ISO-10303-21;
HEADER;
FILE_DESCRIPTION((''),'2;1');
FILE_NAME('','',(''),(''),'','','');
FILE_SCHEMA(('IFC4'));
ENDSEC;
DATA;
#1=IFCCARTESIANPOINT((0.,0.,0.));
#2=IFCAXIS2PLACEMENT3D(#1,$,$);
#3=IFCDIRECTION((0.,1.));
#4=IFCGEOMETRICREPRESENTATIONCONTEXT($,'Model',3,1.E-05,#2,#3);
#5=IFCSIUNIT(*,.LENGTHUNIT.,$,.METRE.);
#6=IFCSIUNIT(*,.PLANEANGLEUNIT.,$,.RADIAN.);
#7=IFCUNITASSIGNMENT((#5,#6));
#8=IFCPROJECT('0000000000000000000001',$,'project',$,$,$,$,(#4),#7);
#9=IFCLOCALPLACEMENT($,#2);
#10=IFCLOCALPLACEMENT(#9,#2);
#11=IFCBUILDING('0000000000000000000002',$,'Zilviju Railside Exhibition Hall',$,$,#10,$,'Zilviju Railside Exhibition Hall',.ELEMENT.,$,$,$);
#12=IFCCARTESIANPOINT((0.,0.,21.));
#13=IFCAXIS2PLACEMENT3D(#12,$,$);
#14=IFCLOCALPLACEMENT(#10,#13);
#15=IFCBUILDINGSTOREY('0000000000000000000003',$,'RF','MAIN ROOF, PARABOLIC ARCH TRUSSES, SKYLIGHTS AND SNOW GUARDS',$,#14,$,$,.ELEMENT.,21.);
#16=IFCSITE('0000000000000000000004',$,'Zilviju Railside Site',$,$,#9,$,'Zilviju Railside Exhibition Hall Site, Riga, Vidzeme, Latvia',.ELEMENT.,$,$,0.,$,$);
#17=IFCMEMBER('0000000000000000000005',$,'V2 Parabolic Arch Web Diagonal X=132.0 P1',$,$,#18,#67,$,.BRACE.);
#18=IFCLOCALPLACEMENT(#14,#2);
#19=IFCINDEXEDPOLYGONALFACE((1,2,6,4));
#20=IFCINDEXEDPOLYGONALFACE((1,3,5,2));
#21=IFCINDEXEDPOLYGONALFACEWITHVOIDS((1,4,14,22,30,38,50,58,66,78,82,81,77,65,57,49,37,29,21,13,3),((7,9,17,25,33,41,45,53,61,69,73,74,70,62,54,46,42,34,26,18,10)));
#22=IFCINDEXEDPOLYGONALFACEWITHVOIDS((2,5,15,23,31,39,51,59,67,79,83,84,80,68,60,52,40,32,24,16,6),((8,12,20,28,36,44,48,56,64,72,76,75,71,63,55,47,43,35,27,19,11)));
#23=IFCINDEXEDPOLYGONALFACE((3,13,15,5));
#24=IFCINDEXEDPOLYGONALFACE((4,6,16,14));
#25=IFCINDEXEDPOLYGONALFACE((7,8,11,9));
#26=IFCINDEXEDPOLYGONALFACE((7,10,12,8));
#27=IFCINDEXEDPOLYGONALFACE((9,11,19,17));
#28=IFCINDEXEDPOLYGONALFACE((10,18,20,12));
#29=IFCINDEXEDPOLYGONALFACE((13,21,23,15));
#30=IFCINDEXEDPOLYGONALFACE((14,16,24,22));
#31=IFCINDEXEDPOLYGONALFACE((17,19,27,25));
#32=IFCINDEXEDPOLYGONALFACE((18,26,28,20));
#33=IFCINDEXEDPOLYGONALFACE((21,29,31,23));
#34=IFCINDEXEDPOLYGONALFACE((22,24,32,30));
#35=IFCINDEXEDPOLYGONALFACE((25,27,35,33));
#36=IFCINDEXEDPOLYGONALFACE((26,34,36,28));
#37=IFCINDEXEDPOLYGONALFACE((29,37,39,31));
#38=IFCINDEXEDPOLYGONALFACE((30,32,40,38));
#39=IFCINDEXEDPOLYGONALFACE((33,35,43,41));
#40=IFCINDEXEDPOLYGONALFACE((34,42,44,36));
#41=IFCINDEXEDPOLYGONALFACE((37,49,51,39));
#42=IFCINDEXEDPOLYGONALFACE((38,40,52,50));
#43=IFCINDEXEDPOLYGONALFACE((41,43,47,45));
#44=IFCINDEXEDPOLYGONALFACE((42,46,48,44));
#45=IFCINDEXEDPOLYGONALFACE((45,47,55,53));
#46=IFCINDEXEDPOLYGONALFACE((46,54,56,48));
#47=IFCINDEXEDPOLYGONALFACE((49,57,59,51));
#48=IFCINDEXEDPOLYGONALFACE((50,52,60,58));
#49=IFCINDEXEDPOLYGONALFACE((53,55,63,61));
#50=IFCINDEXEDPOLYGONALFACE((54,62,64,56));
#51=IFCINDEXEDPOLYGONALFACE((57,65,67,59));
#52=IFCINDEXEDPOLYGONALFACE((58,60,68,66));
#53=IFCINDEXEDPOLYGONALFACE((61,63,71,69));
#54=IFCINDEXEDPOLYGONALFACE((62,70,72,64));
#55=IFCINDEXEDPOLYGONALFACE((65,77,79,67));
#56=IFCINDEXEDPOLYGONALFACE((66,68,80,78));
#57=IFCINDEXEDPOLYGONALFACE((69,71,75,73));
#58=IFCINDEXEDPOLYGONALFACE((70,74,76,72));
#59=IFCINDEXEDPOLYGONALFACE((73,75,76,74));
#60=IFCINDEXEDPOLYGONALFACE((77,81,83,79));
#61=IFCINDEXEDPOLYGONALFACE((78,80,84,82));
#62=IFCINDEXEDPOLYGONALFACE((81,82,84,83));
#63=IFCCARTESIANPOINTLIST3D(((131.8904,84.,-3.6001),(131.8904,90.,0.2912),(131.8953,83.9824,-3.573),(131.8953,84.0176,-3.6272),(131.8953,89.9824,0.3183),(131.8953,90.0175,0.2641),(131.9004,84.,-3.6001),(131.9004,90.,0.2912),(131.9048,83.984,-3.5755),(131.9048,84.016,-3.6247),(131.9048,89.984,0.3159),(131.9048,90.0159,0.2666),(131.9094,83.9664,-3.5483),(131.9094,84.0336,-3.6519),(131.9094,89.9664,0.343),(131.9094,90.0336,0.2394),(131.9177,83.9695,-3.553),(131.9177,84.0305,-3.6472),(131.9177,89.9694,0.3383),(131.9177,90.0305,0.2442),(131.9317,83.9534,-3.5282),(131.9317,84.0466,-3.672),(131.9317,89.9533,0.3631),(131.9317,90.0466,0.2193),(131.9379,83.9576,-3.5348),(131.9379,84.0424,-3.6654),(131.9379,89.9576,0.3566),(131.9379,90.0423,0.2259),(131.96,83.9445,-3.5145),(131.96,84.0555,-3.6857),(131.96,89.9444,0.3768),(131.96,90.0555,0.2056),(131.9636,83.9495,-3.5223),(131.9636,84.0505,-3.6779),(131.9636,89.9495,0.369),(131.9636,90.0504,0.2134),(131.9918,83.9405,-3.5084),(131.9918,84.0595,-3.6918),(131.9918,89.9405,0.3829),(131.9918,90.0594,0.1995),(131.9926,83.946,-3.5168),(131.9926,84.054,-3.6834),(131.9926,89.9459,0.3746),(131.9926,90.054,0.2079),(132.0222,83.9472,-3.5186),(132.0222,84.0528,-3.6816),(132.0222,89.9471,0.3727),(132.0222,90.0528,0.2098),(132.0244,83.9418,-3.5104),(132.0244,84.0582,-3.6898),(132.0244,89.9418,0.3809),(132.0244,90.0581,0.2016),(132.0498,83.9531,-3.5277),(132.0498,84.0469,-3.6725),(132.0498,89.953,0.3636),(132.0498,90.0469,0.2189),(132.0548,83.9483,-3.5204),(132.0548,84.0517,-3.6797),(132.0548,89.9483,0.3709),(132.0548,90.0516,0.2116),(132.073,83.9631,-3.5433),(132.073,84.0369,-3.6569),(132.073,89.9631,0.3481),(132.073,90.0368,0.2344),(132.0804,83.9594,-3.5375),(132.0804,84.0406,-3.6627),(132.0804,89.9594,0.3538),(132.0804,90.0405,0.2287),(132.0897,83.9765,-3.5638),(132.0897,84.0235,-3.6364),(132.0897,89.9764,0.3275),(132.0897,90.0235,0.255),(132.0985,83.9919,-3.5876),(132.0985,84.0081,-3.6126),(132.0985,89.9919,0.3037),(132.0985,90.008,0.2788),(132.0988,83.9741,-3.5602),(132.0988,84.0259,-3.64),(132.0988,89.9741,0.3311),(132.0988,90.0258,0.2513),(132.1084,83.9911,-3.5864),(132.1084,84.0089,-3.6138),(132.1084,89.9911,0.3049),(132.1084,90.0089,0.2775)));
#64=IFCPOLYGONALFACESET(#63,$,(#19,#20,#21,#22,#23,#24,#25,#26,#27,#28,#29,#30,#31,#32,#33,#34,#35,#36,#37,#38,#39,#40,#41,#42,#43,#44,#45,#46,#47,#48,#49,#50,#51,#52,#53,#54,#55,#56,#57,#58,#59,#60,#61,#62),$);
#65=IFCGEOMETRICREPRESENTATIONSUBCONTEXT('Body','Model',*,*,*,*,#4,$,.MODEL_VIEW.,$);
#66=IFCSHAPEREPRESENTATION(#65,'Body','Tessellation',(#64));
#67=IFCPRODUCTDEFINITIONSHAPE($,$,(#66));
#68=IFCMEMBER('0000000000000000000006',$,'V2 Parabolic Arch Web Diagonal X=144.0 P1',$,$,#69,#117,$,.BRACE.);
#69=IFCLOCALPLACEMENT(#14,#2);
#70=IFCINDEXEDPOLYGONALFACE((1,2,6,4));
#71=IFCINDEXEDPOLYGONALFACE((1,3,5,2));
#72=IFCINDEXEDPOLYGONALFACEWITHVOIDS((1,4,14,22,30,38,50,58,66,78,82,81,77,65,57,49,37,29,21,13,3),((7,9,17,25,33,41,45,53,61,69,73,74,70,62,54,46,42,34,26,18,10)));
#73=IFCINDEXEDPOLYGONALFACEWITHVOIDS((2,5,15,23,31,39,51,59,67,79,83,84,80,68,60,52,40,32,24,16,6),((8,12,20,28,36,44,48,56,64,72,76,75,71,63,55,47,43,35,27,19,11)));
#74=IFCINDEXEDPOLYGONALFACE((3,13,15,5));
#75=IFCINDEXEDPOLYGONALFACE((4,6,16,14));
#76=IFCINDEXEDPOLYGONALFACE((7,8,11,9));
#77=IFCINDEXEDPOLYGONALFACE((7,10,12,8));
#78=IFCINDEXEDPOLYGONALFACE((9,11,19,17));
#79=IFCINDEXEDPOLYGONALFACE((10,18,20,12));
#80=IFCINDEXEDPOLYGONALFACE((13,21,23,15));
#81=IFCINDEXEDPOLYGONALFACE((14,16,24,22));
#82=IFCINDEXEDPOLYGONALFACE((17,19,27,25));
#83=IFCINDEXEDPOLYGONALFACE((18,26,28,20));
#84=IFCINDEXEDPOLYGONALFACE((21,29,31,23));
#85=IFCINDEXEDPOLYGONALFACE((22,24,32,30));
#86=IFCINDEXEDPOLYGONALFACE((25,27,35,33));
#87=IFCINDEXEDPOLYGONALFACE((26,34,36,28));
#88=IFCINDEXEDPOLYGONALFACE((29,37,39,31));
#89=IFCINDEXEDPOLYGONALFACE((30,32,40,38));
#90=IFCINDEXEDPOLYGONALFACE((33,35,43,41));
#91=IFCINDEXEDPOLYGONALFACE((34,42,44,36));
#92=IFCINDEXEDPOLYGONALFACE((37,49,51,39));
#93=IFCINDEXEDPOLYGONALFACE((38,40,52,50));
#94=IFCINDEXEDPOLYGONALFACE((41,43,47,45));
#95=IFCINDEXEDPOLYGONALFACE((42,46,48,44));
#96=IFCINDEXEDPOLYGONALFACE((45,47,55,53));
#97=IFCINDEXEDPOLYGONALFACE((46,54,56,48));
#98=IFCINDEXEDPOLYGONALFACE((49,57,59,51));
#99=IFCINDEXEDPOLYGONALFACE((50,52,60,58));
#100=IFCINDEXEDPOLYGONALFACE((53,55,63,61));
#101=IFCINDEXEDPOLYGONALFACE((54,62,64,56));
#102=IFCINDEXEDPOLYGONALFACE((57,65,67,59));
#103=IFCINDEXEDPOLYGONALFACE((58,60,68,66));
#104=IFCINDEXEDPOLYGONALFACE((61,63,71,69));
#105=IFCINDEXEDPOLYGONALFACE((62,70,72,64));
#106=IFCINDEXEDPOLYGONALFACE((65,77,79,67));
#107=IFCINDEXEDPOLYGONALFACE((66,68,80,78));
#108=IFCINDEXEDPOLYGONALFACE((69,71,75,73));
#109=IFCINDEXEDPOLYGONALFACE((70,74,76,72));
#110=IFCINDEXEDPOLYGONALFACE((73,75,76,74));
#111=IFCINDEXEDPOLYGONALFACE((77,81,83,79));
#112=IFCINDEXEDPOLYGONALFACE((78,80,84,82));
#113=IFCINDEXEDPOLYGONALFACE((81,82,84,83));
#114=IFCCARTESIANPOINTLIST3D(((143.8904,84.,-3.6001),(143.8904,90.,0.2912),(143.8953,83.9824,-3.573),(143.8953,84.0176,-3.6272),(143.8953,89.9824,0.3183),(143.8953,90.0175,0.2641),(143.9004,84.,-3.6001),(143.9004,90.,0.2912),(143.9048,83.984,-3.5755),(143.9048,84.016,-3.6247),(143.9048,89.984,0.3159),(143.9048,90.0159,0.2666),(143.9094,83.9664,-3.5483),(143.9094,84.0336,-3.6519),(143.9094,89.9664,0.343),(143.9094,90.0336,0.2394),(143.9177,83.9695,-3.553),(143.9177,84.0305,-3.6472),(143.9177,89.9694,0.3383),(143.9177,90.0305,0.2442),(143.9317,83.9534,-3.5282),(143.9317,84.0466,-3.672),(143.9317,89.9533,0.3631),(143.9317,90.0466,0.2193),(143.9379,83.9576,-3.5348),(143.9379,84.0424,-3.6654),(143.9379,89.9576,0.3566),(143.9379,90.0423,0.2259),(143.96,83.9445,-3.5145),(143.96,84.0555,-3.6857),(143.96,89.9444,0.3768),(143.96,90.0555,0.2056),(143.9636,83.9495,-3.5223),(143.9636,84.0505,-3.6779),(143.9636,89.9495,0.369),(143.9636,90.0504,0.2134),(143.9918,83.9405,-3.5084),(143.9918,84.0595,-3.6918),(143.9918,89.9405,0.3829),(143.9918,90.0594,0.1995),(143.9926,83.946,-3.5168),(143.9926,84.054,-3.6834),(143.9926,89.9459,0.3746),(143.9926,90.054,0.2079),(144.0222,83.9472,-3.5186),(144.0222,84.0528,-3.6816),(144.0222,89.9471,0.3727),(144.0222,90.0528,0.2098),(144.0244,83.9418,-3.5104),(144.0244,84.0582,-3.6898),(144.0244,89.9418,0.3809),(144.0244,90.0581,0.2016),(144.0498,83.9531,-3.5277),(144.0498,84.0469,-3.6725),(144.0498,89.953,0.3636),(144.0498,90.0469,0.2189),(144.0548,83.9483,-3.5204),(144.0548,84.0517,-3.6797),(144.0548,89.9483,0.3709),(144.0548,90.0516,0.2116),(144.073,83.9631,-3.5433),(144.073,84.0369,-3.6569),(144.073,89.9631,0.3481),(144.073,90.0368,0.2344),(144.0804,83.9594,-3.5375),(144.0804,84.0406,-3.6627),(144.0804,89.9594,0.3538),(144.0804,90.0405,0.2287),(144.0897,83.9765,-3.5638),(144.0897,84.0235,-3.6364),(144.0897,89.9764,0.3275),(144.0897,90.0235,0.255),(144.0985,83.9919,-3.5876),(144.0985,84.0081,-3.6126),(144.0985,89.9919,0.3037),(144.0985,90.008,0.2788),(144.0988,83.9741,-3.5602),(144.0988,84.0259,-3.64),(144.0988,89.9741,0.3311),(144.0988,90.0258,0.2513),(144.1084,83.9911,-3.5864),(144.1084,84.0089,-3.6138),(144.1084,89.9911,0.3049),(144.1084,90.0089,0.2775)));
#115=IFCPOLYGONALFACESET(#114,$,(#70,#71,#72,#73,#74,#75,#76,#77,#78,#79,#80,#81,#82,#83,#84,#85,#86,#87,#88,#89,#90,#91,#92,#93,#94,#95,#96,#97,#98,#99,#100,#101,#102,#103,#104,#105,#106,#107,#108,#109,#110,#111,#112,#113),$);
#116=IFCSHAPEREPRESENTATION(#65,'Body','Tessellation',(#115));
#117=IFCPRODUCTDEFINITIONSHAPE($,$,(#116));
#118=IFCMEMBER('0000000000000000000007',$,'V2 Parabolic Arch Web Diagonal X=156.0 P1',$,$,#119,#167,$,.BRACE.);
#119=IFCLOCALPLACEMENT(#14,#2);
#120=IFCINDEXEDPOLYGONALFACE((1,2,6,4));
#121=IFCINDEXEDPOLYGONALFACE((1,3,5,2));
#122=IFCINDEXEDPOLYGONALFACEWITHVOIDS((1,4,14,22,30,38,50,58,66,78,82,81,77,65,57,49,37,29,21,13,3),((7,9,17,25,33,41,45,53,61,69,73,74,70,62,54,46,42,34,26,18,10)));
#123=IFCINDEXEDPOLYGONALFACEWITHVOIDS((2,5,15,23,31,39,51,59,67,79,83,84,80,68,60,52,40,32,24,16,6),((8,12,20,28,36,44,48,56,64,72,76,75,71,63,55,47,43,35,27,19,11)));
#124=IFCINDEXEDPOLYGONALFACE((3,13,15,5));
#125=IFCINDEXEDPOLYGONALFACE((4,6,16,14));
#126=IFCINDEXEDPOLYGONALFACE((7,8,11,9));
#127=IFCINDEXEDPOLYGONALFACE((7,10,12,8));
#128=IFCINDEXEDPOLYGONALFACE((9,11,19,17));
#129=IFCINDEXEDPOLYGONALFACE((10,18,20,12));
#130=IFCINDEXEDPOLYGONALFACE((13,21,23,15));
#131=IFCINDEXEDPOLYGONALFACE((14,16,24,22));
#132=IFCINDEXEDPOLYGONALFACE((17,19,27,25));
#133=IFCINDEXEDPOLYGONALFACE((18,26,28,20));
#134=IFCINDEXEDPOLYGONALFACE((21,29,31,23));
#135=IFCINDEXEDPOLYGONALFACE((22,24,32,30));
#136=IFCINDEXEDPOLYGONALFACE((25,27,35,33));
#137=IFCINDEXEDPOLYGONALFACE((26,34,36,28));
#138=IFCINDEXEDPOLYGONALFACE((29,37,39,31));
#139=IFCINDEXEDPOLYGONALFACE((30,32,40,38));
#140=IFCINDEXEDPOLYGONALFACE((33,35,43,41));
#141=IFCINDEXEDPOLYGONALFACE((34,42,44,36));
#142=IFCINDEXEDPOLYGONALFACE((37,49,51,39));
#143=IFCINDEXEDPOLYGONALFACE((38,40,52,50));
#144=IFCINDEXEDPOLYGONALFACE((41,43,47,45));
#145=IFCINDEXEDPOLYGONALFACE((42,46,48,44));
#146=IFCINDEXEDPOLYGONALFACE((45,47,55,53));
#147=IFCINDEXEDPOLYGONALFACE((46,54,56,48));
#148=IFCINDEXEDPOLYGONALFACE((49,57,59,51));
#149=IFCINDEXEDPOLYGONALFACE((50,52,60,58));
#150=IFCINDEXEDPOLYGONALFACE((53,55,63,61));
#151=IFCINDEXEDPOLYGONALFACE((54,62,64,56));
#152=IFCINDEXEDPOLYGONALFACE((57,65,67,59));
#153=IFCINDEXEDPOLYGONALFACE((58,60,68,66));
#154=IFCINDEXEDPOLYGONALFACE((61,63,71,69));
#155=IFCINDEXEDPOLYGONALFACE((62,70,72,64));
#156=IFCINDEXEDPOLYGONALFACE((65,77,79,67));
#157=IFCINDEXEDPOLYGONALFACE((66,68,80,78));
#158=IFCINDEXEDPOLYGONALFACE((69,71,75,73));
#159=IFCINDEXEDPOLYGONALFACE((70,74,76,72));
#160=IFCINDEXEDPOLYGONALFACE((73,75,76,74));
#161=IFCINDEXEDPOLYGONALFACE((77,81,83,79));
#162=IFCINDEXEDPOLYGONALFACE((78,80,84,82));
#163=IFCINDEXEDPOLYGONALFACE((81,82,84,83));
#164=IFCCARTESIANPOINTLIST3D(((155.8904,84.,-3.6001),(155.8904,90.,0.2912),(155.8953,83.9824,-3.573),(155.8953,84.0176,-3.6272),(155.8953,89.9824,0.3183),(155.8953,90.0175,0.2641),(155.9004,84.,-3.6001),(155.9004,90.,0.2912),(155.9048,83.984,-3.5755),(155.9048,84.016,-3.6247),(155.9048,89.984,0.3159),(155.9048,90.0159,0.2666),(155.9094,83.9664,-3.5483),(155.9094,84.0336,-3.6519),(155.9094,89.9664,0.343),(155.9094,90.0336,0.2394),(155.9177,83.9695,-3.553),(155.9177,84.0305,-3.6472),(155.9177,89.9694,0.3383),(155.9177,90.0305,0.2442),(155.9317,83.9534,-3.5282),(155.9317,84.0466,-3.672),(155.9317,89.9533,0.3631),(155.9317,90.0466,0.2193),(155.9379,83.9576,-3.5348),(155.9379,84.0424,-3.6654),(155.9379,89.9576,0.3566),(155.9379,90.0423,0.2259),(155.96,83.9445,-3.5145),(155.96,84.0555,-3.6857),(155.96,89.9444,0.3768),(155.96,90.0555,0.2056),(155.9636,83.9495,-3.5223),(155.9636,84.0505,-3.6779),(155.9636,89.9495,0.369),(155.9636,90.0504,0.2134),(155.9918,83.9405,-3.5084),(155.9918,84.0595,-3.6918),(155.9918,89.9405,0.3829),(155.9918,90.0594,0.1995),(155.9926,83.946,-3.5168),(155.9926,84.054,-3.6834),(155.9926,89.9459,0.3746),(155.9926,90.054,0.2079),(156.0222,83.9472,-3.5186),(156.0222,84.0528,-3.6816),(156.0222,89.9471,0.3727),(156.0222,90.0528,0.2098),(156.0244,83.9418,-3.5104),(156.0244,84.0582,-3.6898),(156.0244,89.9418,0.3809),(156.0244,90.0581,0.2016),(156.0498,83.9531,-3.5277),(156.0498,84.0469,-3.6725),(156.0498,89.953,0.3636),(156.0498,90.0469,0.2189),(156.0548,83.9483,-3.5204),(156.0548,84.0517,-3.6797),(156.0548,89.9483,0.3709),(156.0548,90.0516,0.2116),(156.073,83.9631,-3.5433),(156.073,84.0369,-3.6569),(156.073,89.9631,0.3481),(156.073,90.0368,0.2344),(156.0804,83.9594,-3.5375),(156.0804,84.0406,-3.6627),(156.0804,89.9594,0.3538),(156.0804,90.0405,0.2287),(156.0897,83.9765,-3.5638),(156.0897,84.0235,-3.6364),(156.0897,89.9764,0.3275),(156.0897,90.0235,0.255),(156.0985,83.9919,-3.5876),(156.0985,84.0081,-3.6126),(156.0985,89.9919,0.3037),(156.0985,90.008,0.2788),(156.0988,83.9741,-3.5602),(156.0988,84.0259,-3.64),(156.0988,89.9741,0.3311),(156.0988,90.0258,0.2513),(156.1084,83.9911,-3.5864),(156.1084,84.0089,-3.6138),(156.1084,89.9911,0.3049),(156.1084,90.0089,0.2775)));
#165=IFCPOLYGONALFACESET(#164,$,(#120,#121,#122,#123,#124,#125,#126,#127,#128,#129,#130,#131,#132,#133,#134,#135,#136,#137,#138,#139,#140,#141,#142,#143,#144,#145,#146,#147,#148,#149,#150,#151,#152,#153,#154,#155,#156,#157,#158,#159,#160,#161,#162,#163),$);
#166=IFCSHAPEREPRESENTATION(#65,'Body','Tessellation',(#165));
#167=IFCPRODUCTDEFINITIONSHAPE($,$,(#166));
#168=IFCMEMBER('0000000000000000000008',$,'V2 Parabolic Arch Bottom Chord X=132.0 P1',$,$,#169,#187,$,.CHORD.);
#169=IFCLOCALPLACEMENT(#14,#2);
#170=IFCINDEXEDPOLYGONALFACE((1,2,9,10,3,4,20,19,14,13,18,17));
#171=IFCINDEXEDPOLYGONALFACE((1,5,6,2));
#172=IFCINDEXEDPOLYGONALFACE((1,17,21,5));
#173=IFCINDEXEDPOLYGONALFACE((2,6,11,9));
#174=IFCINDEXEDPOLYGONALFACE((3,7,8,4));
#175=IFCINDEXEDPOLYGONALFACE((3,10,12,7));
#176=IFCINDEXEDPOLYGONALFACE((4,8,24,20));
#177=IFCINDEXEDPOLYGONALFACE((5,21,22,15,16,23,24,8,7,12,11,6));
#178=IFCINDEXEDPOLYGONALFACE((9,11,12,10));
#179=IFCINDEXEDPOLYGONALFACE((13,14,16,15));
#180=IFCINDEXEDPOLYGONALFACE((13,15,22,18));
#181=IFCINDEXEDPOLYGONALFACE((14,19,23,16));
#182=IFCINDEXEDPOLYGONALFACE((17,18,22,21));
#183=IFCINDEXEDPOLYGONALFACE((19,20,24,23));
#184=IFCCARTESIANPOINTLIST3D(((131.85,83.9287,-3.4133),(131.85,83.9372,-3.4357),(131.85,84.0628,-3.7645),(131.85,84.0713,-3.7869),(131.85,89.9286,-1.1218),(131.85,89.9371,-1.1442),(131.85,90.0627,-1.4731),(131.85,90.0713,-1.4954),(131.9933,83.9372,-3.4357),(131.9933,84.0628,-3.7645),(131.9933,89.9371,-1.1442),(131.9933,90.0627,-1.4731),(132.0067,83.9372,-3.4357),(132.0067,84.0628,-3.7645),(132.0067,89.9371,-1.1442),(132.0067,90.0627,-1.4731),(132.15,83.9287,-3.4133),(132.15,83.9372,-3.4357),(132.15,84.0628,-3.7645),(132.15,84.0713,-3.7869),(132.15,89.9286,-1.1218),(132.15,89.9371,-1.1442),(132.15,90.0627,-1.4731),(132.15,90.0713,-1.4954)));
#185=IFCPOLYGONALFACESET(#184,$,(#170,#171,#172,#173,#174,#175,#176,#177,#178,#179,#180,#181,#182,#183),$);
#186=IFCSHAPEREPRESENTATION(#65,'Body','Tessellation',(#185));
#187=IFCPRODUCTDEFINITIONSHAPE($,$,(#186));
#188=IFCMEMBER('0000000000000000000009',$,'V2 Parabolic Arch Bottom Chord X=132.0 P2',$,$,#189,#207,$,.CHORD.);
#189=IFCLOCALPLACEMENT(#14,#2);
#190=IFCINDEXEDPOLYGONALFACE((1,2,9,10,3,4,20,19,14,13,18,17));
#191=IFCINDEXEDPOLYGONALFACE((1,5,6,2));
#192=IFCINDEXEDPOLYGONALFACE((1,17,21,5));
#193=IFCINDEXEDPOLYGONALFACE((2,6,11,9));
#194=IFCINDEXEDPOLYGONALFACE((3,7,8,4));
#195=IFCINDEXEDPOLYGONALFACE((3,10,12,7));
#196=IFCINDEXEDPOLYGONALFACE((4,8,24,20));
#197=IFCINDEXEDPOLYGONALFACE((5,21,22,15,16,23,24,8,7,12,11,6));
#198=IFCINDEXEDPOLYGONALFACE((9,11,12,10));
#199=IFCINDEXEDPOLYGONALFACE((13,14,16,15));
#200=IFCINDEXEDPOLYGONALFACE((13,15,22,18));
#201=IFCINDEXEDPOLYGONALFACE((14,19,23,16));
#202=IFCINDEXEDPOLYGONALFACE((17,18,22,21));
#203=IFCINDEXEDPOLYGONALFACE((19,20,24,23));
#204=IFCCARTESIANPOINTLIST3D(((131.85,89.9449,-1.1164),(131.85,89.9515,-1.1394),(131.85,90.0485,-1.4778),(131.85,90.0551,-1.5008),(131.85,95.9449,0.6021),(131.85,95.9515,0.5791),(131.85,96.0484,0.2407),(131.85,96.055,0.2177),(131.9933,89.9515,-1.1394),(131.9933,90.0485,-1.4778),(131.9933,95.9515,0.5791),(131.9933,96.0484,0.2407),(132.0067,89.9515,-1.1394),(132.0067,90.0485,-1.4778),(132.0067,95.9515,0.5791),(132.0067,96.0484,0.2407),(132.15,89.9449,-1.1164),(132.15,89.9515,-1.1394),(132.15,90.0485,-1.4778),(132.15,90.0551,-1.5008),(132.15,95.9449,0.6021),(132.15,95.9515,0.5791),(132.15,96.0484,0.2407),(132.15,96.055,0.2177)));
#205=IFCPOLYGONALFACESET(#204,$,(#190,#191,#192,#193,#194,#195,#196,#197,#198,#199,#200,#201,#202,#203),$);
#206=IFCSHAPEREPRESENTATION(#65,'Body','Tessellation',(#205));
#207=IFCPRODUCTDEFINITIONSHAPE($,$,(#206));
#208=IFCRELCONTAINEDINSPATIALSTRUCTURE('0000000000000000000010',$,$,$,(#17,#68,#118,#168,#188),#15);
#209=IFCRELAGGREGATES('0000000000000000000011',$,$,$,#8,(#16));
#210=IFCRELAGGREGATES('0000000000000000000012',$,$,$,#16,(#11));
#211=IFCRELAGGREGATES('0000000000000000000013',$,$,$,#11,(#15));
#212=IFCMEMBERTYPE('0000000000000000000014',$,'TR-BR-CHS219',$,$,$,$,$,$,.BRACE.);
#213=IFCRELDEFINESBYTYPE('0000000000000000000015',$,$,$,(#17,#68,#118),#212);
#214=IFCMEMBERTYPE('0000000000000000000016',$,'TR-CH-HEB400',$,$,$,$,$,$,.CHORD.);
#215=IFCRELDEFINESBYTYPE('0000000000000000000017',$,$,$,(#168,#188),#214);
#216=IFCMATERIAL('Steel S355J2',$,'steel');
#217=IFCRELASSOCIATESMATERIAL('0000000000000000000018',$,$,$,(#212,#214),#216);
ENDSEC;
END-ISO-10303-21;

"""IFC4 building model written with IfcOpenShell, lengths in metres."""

from ifc_helpers import new_model, si_unit, direction, frame, origin, origin_2d, place, context, subcontext, project, spatial, hollow_circle, i_section, extrude, material, material_profile, profile_set, type_object, element, save


model = new_model("IFC4")

# Units and contexts
model_context = context("Model", 3, precision=1e-05, world=origin(), true_north=direction((0.0, 1.0)))
body_context = subcontext(model_context, "Body", "Model", "MODEL_VIEW")
ifc_project = project(units=[si_unit("LENGTHUNIT", "METRE"), si_unit("PLANEANGLEUNIT", "RADIAN")], contexts=[model_context])

# Site, building, storey
site_placement = place(None, origin())
site = spatial("IfcSite", under=ifc_project, at=site_placement, Name="Zilviju Railside Site", LongName="Zilviju Railside Exhibition Hall Site, Riga, Vidzeme, Latvia", CompositionType="ELEMENT", RefElevation=0.0)
building_placement = place(site_placement, origin())
building = spatial("IfcBuilding", under=site, at=building_placement, Name="Zilviju Railside Exhibition Hall", LongName="Zilviju Railside Exhibition Hall", CompositionType="ELEMENT")
storey_placement = place(building_placement, frame((0.0, 0.0, 21.0)))
storey = spatial("IfcBuildingStorey", under=building, at=storey_placement, Name="RF", Description="MAIN ROOF, PARABOLIC ARCH TRUSSES, SKYLIGHTS AND SNOW GUARDS", CompositionType="ELEMENT", Elevation=21.0)

# Members
ifc_material_1 = material(Name="Steel S355J2", Category="steel")
ifc_material_profile_1 = material_profile(ifc_material_1, hollow_circle(Radius=0.1096, WallThickness=0.01, at=origin_2d()), Name="CHS 219.1x10.0")
ifc_profile_set_1 = profile_set([ifc_material_profile_1], Name="Steel S355J2")
member_type_1 = type_object("IfcMemberType", Name="TR-BR-CHS219", PredefinedType="BRACE", material=ifc_profile_set_1)
for number, where, z_axis, x_axis, name in (
    (1, (132.0, 84.0, -3.6001), (0.0, 0.838995, 0.544139), (-1.0, 0.0, 0.0), "V2 Parabolic Arch Web Diagonal X=132.0 P1"),
    (2, (144.0, 84.0, -3.6001), (0.0, 0.838995, 0.544139), (-1.0, 0.0, 0.0), "V2 Parabolic Arch Web Diagonal X=144.0 P1"),
    (3, (156.0, 84.0, -3.6001), (0.0, 0.838995, 0.544139), (-1.0, 0.0, 0.0), "V2 Parabolic Arch Web Diagonal X=156.0 P1"),
):
    element("IfcMember", number, at=place(storey_placement, frame(where, z_axis=z_axis, x_axis=x_axis)), inside=storey, type_object=member_type_1, Name=name, PredefinedType="BRACE", context=body_context, shape_type="SweptSolid", body=[
        extrude(hollow_circle(Radius=0.1096, WallThickness=0.01, at=origin_2d()), origin(), (0.0, 0.0, 1.0), 7.1514),
    ])
ifc_material_profile_2 = material_profile(ifc_material_1, i_section(OverallWidth=0.3, OverallDepth=0.3999, WebThickness=0.0134, FlangeThickness=0.0239, at=origin_2d()), Name="HEB 400")
ifc_profile_set_2 = profile_set([ifc_material_profile_2], Name="Steel S355J2")
member_type_2 = type_object("IfcMemberType", Name="TR-CH-HEB400", PredefinedType="CHORD", material=ifc_profile_set_2)
member_1_placement = place(storey_placement, frame((132.0, 84.0, -3.6001), z_axis=(0.0, 0.934188, 0.356782), x_axis=(-1.0, 0.0, 0.0)))
element("IfcMember", 4, at=member_1_placement, inside=storey, type_object=member_type_2, Name="V2 Parabolic Arch Bottom Chord X=132.0 P1", PredefinedType="CHORD", context=body_context, shape_type="SweptSolid", body=[
    extrude(i_section(OverallWidth=0.3, OverallDepth=0.3999, WebThickness=0.0134, FlangeThickness=0.0239, at=origin_2d()), origin(), (0.0, 0.0, 1.0), 6.4226),
])
member_2_placement = place(storey_placement, frame((132.0, 90.0, -1.3086), z_axis=(0.0, 0.961345, 0.275346), x_axis=(-1.0, 0.0, 0.0)))
element("IfcMember", 5, at=member_2_placement, inside=storey, type_object=member_type_2, Name="V2 Parabolic Arch Bottom Chord X=132.0 P2", PredefinedType="CHORD", context=body_context, shape_type="SweptSolid", body=[
    extrude(i_section(OverallWidth=0.3, OverallDepth=0.3999, WebThickness=0.0134, FlangeThickness=0.0239, at=origin_2d()), origin(), (0.0, 0.0, 1.0), 6.2412),
])

save(model, "model.ifc")
